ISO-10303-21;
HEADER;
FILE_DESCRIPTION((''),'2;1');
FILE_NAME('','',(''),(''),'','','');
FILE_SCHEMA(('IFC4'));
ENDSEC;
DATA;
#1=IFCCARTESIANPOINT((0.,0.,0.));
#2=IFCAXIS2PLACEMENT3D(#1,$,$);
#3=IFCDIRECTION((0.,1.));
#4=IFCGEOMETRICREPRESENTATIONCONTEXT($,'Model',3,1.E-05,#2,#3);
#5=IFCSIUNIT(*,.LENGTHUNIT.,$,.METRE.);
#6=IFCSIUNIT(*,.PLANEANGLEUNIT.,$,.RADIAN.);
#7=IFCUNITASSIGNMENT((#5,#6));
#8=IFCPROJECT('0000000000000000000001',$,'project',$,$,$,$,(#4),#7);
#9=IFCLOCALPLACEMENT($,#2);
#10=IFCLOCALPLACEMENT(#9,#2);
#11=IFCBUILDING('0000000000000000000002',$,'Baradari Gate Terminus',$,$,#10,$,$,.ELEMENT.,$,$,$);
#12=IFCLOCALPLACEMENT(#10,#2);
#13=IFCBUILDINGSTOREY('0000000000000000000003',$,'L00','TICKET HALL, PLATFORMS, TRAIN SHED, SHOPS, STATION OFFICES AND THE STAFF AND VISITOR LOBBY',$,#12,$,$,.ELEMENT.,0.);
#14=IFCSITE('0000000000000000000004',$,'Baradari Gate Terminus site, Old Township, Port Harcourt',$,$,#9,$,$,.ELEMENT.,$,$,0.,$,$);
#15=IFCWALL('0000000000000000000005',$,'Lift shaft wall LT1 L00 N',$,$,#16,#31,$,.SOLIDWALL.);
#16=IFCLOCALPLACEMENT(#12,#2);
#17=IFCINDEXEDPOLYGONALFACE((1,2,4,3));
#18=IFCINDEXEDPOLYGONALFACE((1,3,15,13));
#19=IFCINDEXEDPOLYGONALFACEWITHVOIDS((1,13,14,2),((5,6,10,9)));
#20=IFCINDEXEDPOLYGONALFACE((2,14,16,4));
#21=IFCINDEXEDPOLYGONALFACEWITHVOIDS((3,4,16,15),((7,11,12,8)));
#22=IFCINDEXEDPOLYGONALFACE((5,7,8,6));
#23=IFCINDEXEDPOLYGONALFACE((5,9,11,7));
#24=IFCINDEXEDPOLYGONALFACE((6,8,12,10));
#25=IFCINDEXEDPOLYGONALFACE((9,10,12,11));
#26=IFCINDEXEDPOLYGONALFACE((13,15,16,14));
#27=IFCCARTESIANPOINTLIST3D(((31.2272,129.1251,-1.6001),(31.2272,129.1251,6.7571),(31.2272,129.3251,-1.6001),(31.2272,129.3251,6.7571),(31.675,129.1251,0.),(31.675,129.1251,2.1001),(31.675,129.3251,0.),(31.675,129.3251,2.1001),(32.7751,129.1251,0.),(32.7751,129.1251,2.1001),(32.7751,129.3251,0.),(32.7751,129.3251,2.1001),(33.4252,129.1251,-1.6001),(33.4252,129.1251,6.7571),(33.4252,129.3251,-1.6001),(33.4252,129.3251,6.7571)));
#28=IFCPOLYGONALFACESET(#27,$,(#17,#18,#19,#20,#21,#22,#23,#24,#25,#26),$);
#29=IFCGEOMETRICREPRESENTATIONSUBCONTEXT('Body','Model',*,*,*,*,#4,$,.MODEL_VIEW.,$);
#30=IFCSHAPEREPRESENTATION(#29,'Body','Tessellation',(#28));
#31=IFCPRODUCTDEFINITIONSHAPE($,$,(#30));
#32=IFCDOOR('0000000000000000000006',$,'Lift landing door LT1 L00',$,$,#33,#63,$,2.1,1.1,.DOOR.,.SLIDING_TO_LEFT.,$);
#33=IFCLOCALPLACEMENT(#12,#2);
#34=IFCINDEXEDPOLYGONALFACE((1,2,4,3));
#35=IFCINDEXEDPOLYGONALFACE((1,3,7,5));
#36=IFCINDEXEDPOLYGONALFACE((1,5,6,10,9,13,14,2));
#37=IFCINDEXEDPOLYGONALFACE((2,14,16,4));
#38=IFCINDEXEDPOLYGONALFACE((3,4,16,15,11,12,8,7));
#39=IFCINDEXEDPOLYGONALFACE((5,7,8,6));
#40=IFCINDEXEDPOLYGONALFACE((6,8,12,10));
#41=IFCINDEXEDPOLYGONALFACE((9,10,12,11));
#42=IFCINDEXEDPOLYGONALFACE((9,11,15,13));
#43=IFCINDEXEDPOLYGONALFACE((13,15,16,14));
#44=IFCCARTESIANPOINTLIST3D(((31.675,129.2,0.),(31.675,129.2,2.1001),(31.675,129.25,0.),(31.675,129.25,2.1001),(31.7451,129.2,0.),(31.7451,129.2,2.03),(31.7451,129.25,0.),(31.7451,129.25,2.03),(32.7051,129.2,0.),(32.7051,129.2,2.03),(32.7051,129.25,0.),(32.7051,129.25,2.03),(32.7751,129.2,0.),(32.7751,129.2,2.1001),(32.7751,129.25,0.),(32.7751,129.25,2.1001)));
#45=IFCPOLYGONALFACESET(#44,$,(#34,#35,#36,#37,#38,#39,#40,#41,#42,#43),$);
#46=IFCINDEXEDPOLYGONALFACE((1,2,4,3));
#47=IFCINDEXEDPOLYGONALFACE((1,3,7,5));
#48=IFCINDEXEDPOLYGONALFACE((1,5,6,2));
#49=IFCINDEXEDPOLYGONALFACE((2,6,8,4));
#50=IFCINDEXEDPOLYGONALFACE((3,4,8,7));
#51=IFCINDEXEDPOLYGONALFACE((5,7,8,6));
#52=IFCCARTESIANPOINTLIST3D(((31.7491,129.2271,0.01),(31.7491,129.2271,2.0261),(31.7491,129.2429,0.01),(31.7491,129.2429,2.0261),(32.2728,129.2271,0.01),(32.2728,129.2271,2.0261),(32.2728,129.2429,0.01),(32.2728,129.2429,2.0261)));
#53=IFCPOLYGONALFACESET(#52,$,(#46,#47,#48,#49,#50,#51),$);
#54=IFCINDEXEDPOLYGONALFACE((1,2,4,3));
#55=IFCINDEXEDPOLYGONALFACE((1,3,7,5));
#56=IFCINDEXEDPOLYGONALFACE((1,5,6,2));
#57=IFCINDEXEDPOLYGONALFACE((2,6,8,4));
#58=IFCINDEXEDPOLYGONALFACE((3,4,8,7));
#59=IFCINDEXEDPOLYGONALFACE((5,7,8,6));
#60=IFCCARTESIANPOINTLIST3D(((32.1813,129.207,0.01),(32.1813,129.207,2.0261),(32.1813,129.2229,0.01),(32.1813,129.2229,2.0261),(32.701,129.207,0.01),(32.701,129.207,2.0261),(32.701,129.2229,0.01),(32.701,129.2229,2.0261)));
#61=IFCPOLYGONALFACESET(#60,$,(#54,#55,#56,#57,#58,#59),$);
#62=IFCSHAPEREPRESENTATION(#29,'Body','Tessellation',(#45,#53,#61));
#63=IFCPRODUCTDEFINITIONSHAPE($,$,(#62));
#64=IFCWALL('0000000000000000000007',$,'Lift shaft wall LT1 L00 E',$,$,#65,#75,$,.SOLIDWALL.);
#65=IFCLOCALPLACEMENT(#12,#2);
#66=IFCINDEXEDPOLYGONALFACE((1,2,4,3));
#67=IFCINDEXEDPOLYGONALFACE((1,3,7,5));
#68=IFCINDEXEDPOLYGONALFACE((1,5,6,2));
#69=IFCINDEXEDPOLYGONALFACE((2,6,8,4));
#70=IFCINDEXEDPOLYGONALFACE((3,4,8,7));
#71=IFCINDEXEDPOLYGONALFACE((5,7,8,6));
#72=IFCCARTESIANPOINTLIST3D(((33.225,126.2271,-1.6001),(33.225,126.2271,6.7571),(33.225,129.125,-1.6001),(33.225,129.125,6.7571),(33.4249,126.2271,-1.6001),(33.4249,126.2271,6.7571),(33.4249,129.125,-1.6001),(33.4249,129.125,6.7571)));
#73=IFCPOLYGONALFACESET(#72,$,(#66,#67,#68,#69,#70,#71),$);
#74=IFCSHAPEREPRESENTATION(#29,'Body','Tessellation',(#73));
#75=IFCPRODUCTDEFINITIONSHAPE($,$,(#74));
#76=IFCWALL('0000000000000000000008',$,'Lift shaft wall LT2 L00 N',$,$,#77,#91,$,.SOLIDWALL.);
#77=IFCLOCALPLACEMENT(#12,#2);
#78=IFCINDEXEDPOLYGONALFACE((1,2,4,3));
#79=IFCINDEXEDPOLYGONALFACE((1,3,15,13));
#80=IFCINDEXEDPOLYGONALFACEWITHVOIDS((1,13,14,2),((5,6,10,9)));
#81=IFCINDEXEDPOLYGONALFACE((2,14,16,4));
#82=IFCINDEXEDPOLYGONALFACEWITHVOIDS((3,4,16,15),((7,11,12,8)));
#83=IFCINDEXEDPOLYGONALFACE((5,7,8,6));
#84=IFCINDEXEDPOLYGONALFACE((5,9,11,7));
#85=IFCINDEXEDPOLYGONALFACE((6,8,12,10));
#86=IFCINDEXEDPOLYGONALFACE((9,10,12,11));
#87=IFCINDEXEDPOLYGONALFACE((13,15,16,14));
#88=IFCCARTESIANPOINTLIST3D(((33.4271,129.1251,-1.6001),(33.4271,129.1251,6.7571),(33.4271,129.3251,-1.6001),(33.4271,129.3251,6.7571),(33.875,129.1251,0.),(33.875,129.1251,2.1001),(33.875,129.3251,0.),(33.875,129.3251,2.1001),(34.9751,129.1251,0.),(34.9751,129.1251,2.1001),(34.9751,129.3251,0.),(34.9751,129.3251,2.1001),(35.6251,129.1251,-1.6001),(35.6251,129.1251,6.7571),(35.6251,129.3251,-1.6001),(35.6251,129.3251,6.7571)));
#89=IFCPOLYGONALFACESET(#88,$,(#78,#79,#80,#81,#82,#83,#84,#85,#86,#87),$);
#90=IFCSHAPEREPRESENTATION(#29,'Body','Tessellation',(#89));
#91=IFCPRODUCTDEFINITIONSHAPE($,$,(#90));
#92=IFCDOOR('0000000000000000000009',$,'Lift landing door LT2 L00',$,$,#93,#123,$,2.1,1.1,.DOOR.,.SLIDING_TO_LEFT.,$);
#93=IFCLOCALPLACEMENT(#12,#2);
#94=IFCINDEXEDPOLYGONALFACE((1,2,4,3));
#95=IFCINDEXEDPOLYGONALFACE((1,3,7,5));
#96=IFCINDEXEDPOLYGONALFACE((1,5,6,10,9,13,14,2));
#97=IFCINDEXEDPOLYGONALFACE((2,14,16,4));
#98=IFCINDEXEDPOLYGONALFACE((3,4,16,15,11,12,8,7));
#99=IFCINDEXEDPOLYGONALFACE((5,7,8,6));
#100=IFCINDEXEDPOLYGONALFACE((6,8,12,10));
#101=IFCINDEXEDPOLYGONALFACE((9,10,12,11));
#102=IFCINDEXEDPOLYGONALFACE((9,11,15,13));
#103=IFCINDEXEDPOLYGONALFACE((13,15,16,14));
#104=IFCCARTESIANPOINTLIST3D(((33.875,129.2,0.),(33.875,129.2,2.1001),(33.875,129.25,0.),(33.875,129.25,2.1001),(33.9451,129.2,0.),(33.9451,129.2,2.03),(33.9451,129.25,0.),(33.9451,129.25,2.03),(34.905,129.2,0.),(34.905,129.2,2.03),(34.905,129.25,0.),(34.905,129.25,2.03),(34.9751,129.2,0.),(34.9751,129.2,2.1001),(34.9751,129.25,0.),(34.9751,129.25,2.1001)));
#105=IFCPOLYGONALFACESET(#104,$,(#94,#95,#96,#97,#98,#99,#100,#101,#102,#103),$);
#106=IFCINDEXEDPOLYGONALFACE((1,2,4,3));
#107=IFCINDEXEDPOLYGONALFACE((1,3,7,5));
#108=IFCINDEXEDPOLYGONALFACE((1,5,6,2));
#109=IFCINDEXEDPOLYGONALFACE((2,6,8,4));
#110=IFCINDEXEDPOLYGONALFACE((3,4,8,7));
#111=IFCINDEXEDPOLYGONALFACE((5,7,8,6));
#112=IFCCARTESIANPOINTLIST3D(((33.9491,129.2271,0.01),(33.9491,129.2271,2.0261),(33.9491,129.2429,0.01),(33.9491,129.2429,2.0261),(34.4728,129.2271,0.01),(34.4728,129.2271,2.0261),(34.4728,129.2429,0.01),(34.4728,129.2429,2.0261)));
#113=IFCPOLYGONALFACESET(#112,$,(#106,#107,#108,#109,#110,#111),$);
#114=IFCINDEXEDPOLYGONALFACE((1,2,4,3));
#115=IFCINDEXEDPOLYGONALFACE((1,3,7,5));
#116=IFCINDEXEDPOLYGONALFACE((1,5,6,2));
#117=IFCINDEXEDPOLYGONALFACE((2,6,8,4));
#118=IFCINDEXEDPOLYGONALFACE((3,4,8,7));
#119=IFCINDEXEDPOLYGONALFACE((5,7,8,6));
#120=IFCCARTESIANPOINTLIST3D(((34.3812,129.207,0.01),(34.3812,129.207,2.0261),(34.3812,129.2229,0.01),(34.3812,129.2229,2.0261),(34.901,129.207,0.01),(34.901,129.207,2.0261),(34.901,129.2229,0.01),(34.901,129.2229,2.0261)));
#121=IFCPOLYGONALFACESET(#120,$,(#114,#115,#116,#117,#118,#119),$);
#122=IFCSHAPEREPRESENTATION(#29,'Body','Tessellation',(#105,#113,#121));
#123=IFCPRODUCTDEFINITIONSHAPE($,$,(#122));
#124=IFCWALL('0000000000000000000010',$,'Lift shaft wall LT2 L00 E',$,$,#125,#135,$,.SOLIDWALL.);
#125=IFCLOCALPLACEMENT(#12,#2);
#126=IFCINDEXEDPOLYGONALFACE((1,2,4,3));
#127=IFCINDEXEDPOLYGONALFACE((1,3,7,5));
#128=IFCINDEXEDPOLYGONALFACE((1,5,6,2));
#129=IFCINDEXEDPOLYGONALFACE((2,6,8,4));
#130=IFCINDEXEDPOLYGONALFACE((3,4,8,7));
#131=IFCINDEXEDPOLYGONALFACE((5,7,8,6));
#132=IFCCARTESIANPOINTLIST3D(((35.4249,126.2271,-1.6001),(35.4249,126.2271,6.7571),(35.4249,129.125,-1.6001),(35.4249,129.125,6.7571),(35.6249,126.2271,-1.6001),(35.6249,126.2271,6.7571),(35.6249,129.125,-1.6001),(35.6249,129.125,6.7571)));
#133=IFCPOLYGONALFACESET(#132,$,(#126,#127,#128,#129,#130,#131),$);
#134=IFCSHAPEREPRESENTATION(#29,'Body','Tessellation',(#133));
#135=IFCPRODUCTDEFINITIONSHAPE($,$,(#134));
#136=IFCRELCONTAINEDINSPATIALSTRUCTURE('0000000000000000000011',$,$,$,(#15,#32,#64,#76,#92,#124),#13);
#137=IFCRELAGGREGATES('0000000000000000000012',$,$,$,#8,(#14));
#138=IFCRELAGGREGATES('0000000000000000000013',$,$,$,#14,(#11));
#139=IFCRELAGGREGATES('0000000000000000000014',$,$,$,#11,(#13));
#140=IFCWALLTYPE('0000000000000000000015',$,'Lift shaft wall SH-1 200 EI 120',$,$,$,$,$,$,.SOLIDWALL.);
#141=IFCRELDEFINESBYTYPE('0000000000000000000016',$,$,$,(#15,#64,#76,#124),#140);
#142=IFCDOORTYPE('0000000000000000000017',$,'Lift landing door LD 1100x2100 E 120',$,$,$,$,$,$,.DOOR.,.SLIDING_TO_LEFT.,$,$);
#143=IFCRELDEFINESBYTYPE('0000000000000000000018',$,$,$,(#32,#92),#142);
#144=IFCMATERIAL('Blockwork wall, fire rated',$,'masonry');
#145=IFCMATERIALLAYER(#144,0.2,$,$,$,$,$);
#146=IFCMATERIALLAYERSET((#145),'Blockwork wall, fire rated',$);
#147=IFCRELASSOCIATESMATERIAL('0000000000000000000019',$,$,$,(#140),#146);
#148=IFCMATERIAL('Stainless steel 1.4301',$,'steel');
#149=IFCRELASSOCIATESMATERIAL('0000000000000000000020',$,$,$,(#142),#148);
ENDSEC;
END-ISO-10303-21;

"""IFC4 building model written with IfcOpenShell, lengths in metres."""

from ifc_helpers import new_model, si_unit, direction, frame, frame_2d, origin, place, context, subcontext, project, spatial, polyline, rectangle, outline, extrude, material, layer, layer_set, type_object, element, fill, save


model = new_model("IFC4")

# Units and contexts
model_context = context("Model", 3, precision=1e-05, world=origin(), true_north=direction((0.0, 1.0)))
body_context = subcontext(model_context, "Body", "Model", "MODEL_VIEW")
ifc_project = project(units=[si_unit("LENGTHUNIT", "METRE"), si_unit("PLANEANGLEUNIT", "RADIAN")], contexts=[model_context])

# Site, building, storey
site_placement = place(None, origin())
site = spatial("IfcSite", under=ifc_project, at=site_placement, Name="Baradari Gate Terminus site, Old Township, Port Harcourt", CompositionType="ELEMENT", RefElevation=0.0)
building_placement = place(site_placement, origin())
building = spatial("IfcBuilding", under=site, at=building_placement, Name="Baradari Gate Terminus", CompositionType="ELEMENT")
storey_placement = place(building_placement, origin())
storey = spatial("IfcBuildingStorey", under=building, at=storey_placement, Name="L00", Description="TICKET HALL, PLATFORMS, TRAIN SHED, SHOPS, STATION OFFICES AND THE STAFF AND VISITOR LOBBY", CompositionType="ELEMENT", Elevation=0.0)

# Wall, opening, door
ifc_material_1 = material(Name="Blockwork wall, fire rated", Category="masonry")
ifc_layer_1 = layer(ifc_material_1, 0.2)
ifc_layer_set_1 = layer_set([ifc_layer_1], Name="Blockwork wall, fire rated")
wall_type_1 = type_object("IfcWallType", Name="Lift shaft wall SH-1 200 EI 120", PredefinedType="SOLIDWALL", material=ifc_layer_set_1)
wall_1_placement = place(storey_placement, frame((31.2271, 129.2251, -1.6001), z_axis=(0.0, 0.0, 1.0), x_axis=(1.0, 0.0, 0.0)))
wall_1 = element("IfcWall", 1, at=wall_1_placement, inside=storey, type_object=wall_type_1, Name="Lift shaft wall LT1 L00 N", PredefinedType="SOLIDWALL", context=body_context, shape_type="SweptSolid", body=[
    extrude(rectangle(XDim=2.198, YDim=0.2, at=frame_2d((1.0991, 0.0))), origin(), (0.0, 0.0, 1.0), 8.3572),
])
opening_1_placement = place(wall_1_placement, frame((0.448, 0.0, 1.6001)))
opening_1 = element("IfcOpeningElement", 2, at=opening_1_placement, cuts=wall_1, PredefinedType="OPENING", context=body_context, shape_type="SweptSolid", body=[
    extrude(rectangle(XDim=1.1001, YDim=2.1001, at=frame_2d((0.55, 1.05))), frame((0.0, 0.1099, 0.0), z_axis=(0.0, -1.0, 0.0), x_axis=(1.0, 0.0, 0.0)), (0.0, 0.0, 1.0), 0.22),
])
ifc_material_2 = material(Name="Stainless steel 1.4301", Category="steel")
door_type_1 = type_object("IfcDoorType", Name="Lift landing door LD 1100x2100 E 120", OperationType="SLIDING_TO_LEFT", PredefinedType="DOOR", material=ifc_material_2)
door_1_placement = place(opening_1_placement, origin())
door_1 = element("IfcDoor", 3, at=door_1_placement, inside=storey, type_object=door_type_1, Name="Lift landing door LT1 L00", OperationType="SLIDING_TO_LEFT", OverallHeight=2.1, OverallWidth=1.1, PredefinedType="DOOR", context=body_context, shape_type="SweptSolid", body=[
    extrude(outline(polyline([(0.0, 0.0), (0.0701, 0.0), (0.0701, 2.03), (1.03, 2.03), (1.03, 0.0), (1.1001, 0.0), (1.1001, 2.1001), (0.0, 2.1001), (0.0, 0.0)])), frame((0.0, 0.0249, 0.0), z_axis=(0.0, -1.0, 0.0), x_axis=(1.0, 0.0, 0.0)), (0.0, 0.0, 1.0), 0.05),
    extrude(rectangle(XDim=0.5237, YDim=2.0161, at=frame_2d((0.3359, 1.0181))), frame((0.0, 0.0178, 0.0), z_axis=(0.0, -1.0, 0.0), x_axis=(1.0, 0.0, 0.0)), (0.0, 0.0, 1.0), 0.0159),
    extrude(rectangle(XDim=0.5198, YDim=2.0161, at=frame_2d((0.7661, 1.0181))), frame((0.0, -0.0022, 0.0), z_axis=(0.0, -1.0, 0.0), x_axis=(1.0, 0.0, 0.0)), (0.0, 0.0, 1.0), 0.0159),
])
fill(opening_1, door_1)

# Wall
wall_2_placement = place(storey_placement, frame((33.325, 126.2271, -1.6001), z_axis=(0.0, 0.0, 1.0), x_axis=(0.0, 1.0, 0.0)))
element("IfcWall", 4, at=wall_2_placement, inside=storey, type_object=wall_type_1, Name="Lift shaft wall LT1 L00 E", PredefinedType="SOLIDWALL", context=body_context, shape_type="SweptSolid", body=[
    extrude(rectangle(XDim=2.8979, YDim=0.2, at=frame_2d((1.449, 0.0))), origin(), (0.0, 0.0, 1.0), 8.3572),
])

# Wall, opening, door
wall_3_placement = place(storey_placement, frame((33.427, 129.2251, -1.6001), z_axis=(0.0, 0.0, 1.0), x_axis=(1.0, 0.0, 0.0)))
wall_3 = element("IfcWall", 5, at=wall_3_placement, inside=storey, type_object=wall_type_1, Name="Lift shaft wall LT2 L00 N", PredefinedType="SOLIDWALL", context=body_context, shape_type="SweptSolid", body=[
    extrude(rectangle(XDim=2.198, YDim=0.2, at=frame_2d((1.0991, 0.0))), origin(), (0.0, 0.0, 1.0), 8.3572),
])
opening_2_placement = place(wall_3_placement, frame((0.448, 0.0, 1.6001)))
opening_2 = element("IfcOpeningElement", 6, at=opening_2_placement, cuts=wall_3, PredefinedType="OPENING", context=body_context, shape_type="SweptSolid", body=[
    extrude(rectangle(XDim=1.1001, YDim=2.1001, at=frame_2d((0.55, 1.05))), frame((0.0, 0.1099, 0.0), z_axis=(0.0, -1.0, 0.0), x_axis=(1.0, 0.0, 0.0)), (0.0, 0.0, 1.0), 0.22),
])
door_2_placement = place(opening_2_placement, origin())
door_2 = element("IfcDoor", 7, at=door_2_placement, inside=storey, type_object=door_type_1, Name="Lift landing door LT2 L00", OperationType="SLIDING_TO_LEFT", OverallHeight=2.1, OverallWidth=1.1, PredefinedType="DOOR", context=body_context, shape_type="SweptSolid", body=[
    extrude(outline(polyline([(0.0, 0.0), (0.0701, 0.0), (0.0701, 2.03), (1.03, 2.03), (1.03, 0.0), (1.1001, 0.0), (1.1001, 2.1001), (0.0, 2.1001), (0.0, 0.0)])), frame((0.0, 0.0249, 0.0), z_axis=(0.0, -1.0, 0.0), x_axis=(1.0, 0.0, 0.0)), (0.0, 0.0, 1.0), 0.05),
    extrude(rectangle(XDim=0.5237, YDim=2.0161, at=frame_2d((0.3359, 1.0181))), frame((0.0, 0.0178, 0.0), z_axis=(0.0, -1.0, 0.0), x_axis=(1.0, 0.0, 0.0)), (0.0, 0.0, 1.0), 0.0159),
    extrude(rectangle(XDim=0.5198, YDim=2.0161, at=frame_2d((0.7661, 1.0181))), frame((0.0, -0.0022, 0.0), z_axis=(0.0, -1.0, 0.0), x_axis=(1.0, 0.0, 0.0)), (0.0, 0.0, 1.0), 0.0159),
])
fill(opening_2, door_2)

# Wall
wall_4_placement = place(storey_placement, frame((35.5249, 126.2271, -1.6001), z_axis=(0.0, 0.0, 1.0), x_axis=(0.0, 1.0, 0.0)))
element("IfcWall", 8, at=wall_4_placement, inside=storey, type_object=wall_type_1, Name="Lift shaft wall LT2 L00 E", PredefinedType="SOLIDWALL", context=body_context, shape_type="SweptSolid", body=[
    extrude(rectangle(XDim=2.8979, YDim=0.2, at=frame_2d((1.449, 0.0))), origin(), (0.0, 0.0, 1.0), 8.3572),
])

save(model, "model.ifc")
